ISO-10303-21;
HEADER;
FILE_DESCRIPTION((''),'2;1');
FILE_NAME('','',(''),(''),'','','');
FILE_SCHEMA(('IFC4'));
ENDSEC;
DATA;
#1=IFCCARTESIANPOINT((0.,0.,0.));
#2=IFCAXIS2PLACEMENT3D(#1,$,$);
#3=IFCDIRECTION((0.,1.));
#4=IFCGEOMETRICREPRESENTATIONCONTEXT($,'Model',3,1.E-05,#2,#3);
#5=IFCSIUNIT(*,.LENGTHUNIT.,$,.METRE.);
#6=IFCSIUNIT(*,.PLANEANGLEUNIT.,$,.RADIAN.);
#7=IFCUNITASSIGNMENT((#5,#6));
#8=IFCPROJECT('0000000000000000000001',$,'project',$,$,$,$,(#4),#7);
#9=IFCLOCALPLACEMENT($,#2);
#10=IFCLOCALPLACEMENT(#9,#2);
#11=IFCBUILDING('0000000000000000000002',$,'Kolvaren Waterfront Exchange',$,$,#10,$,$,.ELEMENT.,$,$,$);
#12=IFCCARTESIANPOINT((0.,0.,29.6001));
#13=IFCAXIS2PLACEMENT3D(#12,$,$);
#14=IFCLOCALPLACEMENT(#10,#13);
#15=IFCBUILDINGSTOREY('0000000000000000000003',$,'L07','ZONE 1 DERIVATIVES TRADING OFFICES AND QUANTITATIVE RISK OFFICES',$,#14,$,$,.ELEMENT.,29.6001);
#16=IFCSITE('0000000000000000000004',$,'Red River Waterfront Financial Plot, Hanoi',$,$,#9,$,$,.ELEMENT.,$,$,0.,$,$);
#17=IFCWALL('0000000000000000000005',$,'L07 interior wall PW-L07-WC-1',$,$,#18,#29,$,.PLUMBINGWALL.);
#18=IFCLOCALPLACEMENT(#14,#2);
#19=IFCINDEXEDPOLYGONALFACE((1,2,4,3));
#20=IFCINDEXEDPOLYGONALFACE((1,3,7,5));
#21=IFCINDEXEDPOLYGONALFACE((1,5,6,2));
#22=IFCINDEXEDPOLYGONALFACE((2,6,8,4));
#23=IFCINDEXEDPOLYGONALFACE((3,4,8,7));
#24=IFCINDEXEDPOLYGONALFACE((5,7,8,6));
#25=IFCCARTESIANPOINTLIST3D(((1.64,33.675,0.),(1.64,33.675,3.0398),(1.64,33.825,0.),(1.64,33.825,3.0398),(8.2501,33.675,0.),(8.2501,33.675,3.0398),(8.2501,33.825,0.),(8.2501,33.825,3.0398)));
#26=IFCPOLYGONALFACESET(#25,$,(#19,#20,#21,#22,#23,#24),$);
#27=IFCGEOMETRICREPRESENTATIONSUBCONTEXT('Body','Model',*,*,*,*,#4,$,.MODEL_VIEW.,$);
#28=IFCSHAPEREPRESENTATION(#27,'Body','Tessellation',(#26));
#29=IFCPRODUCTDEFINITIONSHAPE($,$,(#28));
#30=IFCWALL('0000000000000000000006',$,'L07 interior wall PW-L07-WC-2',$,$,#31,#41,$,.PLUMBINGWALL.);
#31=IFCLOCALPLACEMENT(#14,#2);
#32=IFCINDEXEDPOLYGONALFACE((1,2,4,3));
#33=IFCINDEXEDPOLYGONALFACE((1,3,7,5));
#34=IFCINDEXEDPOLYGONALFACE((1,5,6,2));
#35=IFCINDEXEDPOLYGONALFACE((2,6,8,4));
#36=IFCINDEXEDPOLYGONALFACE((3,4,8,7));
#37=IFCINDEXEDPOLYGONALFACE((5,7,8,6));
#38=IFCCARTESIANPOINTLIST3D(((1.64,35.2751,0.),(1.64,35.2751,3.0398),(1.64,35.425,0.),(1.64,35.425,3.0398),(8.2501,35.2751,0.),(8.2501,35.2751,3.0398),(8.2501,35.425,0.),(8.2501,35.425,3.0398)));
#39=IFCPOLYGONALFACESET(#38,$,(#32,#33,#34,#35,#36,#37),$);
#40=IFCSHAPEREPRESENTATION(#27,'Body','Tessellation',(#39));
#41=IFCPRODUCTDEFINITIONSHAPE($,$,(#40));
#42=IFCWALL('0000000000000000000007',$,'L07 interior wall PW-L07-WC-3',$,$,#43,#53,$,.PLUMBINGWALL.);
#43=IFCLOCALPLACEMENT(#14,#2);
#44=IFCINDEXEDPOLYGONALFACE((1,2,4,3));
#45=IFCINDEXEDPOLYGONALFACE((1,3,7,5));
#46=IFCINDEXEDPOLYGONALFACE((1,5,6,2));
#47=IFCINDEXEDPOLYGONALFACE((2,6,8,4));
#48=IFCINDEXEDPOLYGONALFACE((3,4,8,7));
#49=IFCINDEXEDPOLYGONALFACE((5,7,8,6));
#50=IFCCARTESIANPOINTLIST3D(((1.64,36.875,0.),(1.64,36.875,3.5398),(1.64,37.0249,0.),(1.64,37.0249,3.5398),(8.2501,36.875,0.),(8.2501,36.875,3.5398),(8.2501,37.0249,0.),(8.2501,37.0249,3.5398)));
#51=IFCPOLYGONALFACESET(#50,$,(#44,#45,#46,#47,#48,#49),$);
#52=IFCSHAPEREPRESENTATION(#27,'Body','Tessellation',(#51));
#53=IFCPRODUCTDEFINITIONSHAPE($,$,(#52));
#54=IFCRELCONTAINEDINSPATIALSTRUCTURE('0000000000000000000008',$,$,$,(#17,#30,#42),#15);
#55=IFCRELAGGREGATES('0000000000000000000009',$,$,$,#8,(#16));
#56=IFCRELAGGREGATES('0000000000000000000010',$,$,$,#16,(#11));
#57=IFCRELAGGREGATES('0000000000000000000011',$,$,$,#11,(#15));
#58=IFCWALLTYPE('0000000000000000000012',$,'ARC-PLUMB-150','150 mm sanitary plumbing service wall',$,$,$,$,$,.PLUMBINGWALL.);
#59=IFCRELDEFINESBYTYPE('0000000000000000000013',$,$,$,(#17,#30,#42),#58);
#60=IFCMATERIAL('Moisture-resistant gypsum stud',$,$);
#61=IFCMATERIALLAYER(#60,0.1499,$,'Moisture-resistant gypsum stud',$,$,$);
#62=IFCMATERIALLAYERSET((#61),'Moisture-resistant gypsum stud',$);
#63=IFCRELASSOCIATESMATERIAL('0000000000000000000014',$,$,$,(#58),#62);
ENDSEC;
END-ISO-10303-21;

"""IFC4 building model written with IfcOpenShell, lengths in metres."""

from ifc_helpers import new_model, si_unit, direction, frame, frame_2d, origin, place, context, subcontext, project, spatial, rectangle, extrude, material, layer, layer_set, type_object, element, save


model = new_model("IFC4")

# Units and contexts
model_context = context("Model", 3, precision=1e-05, world=origin(), true_north=direction((0.0, 1.0)))
body_context = subcontext(model_context, "Body", "Model", "MODEL_VIEW")
ifc_project = project(units=[si_unit("LENGTHUNIT", "METRE"), si_unit("PLANEANGLEUNIT", "RADIAN")], contexts=[model_context])

# Site, building, storey
site_placement = place(None, origin())
site = spatial("IfcSite", under=ifc_project, at=site_placement, Name="Red River Waterfront Financial Plot, Hanoi", CompositionType="ELEMENT", RefElevation=0.0)
building_placement = place(site_placement, origin())
building = spatial("IfcBuilding", under=site, at=building_placement, Name="Kolvaren Waterfront Exchange", CompositionType="ELEMENT")
storey_placement = place(building_placement, frame((0.0, 0.0, 29.6001)))
storey = spatial("IfcBuildingStorey", under=building, at=storey_placement, Name="L07", Description="ZONE 1 DERIVATIVES TRADING OFFICES AND QUANTITATIVE RISK OFFICES", CompositionType="ELEMENT", Elevation=29.6001)

# Shared definitions
ifc_material_1 = material(Name="Moisture-resistant gypsum stud")
ifc_layer_1 = layer(ifc_material_1, 0.1499, Name="Moisture-resistant gypsum stud")
ifc_layer_set_1 = layer_set([ifc_layer_1], Name="Moisture-resistant gypsum stud")
wall_type_1 = type_object("IfcWallType", Name="ARC-PLUMB-150", Description="150 mm sanitary plumbing service wall", PredefinedType="PLUMBINGWALL", material=ifc_layer_set_1)

# Walls
for number, where, z_axis, x_axis, name in (
    (1, (1.6399, 33.75, 0.0), (0.0, 0.0, 1.0), (1.0, 0.0, 0.0), "L07 interior wall PW-L07-WC-1"),
    (2, (1.6399, 35.3501, 0.0), (0.0, 0.0, 1.0), (1.0, 0.0, 0.0), "L07 interior wall PW-L07-WC-2"),
):
    element("IfcWall", number, at=place(storey_placement, frame(where, z_axis=z_axis, x_axis=x_axis)), inside=storey, type_object=wall_type_1, Name=name, PredefinedType="PLUMBINGWALL", context=body_context, shape_type="SweptSolid", body=[
        extrude(rectangle(XDim=6.6101, YDim=0.1499, at=frame_2d((3.3052, 0.0))), origin(), (0.0, 0.0, 1.0), 3.0398),
    ])
wall_1_placement = place(storey_placement, frame((1.6399, 36.95, 0.0), z_axis=(0.0, 0.0, 1.0), x_axis=(1.0, 0.0, 0.0)))
element("IfcWall", 3, at=wall_1_placement, inside=storey, type_object=wall_type_1, Name="L07 interior wall PW-L07-WC-3", PredefinedType="PLUMBINGWALL", context=body_context, shape_type="SweptSolid", body=[
    extrude(rectangle(XDim=6.6101, YDim=0.1499, at=frame_2d((3.3052, 0.0))), origin(), (0.0, 0.0, 1.0), 3.5398),
])

save(model, "model.ifc")
